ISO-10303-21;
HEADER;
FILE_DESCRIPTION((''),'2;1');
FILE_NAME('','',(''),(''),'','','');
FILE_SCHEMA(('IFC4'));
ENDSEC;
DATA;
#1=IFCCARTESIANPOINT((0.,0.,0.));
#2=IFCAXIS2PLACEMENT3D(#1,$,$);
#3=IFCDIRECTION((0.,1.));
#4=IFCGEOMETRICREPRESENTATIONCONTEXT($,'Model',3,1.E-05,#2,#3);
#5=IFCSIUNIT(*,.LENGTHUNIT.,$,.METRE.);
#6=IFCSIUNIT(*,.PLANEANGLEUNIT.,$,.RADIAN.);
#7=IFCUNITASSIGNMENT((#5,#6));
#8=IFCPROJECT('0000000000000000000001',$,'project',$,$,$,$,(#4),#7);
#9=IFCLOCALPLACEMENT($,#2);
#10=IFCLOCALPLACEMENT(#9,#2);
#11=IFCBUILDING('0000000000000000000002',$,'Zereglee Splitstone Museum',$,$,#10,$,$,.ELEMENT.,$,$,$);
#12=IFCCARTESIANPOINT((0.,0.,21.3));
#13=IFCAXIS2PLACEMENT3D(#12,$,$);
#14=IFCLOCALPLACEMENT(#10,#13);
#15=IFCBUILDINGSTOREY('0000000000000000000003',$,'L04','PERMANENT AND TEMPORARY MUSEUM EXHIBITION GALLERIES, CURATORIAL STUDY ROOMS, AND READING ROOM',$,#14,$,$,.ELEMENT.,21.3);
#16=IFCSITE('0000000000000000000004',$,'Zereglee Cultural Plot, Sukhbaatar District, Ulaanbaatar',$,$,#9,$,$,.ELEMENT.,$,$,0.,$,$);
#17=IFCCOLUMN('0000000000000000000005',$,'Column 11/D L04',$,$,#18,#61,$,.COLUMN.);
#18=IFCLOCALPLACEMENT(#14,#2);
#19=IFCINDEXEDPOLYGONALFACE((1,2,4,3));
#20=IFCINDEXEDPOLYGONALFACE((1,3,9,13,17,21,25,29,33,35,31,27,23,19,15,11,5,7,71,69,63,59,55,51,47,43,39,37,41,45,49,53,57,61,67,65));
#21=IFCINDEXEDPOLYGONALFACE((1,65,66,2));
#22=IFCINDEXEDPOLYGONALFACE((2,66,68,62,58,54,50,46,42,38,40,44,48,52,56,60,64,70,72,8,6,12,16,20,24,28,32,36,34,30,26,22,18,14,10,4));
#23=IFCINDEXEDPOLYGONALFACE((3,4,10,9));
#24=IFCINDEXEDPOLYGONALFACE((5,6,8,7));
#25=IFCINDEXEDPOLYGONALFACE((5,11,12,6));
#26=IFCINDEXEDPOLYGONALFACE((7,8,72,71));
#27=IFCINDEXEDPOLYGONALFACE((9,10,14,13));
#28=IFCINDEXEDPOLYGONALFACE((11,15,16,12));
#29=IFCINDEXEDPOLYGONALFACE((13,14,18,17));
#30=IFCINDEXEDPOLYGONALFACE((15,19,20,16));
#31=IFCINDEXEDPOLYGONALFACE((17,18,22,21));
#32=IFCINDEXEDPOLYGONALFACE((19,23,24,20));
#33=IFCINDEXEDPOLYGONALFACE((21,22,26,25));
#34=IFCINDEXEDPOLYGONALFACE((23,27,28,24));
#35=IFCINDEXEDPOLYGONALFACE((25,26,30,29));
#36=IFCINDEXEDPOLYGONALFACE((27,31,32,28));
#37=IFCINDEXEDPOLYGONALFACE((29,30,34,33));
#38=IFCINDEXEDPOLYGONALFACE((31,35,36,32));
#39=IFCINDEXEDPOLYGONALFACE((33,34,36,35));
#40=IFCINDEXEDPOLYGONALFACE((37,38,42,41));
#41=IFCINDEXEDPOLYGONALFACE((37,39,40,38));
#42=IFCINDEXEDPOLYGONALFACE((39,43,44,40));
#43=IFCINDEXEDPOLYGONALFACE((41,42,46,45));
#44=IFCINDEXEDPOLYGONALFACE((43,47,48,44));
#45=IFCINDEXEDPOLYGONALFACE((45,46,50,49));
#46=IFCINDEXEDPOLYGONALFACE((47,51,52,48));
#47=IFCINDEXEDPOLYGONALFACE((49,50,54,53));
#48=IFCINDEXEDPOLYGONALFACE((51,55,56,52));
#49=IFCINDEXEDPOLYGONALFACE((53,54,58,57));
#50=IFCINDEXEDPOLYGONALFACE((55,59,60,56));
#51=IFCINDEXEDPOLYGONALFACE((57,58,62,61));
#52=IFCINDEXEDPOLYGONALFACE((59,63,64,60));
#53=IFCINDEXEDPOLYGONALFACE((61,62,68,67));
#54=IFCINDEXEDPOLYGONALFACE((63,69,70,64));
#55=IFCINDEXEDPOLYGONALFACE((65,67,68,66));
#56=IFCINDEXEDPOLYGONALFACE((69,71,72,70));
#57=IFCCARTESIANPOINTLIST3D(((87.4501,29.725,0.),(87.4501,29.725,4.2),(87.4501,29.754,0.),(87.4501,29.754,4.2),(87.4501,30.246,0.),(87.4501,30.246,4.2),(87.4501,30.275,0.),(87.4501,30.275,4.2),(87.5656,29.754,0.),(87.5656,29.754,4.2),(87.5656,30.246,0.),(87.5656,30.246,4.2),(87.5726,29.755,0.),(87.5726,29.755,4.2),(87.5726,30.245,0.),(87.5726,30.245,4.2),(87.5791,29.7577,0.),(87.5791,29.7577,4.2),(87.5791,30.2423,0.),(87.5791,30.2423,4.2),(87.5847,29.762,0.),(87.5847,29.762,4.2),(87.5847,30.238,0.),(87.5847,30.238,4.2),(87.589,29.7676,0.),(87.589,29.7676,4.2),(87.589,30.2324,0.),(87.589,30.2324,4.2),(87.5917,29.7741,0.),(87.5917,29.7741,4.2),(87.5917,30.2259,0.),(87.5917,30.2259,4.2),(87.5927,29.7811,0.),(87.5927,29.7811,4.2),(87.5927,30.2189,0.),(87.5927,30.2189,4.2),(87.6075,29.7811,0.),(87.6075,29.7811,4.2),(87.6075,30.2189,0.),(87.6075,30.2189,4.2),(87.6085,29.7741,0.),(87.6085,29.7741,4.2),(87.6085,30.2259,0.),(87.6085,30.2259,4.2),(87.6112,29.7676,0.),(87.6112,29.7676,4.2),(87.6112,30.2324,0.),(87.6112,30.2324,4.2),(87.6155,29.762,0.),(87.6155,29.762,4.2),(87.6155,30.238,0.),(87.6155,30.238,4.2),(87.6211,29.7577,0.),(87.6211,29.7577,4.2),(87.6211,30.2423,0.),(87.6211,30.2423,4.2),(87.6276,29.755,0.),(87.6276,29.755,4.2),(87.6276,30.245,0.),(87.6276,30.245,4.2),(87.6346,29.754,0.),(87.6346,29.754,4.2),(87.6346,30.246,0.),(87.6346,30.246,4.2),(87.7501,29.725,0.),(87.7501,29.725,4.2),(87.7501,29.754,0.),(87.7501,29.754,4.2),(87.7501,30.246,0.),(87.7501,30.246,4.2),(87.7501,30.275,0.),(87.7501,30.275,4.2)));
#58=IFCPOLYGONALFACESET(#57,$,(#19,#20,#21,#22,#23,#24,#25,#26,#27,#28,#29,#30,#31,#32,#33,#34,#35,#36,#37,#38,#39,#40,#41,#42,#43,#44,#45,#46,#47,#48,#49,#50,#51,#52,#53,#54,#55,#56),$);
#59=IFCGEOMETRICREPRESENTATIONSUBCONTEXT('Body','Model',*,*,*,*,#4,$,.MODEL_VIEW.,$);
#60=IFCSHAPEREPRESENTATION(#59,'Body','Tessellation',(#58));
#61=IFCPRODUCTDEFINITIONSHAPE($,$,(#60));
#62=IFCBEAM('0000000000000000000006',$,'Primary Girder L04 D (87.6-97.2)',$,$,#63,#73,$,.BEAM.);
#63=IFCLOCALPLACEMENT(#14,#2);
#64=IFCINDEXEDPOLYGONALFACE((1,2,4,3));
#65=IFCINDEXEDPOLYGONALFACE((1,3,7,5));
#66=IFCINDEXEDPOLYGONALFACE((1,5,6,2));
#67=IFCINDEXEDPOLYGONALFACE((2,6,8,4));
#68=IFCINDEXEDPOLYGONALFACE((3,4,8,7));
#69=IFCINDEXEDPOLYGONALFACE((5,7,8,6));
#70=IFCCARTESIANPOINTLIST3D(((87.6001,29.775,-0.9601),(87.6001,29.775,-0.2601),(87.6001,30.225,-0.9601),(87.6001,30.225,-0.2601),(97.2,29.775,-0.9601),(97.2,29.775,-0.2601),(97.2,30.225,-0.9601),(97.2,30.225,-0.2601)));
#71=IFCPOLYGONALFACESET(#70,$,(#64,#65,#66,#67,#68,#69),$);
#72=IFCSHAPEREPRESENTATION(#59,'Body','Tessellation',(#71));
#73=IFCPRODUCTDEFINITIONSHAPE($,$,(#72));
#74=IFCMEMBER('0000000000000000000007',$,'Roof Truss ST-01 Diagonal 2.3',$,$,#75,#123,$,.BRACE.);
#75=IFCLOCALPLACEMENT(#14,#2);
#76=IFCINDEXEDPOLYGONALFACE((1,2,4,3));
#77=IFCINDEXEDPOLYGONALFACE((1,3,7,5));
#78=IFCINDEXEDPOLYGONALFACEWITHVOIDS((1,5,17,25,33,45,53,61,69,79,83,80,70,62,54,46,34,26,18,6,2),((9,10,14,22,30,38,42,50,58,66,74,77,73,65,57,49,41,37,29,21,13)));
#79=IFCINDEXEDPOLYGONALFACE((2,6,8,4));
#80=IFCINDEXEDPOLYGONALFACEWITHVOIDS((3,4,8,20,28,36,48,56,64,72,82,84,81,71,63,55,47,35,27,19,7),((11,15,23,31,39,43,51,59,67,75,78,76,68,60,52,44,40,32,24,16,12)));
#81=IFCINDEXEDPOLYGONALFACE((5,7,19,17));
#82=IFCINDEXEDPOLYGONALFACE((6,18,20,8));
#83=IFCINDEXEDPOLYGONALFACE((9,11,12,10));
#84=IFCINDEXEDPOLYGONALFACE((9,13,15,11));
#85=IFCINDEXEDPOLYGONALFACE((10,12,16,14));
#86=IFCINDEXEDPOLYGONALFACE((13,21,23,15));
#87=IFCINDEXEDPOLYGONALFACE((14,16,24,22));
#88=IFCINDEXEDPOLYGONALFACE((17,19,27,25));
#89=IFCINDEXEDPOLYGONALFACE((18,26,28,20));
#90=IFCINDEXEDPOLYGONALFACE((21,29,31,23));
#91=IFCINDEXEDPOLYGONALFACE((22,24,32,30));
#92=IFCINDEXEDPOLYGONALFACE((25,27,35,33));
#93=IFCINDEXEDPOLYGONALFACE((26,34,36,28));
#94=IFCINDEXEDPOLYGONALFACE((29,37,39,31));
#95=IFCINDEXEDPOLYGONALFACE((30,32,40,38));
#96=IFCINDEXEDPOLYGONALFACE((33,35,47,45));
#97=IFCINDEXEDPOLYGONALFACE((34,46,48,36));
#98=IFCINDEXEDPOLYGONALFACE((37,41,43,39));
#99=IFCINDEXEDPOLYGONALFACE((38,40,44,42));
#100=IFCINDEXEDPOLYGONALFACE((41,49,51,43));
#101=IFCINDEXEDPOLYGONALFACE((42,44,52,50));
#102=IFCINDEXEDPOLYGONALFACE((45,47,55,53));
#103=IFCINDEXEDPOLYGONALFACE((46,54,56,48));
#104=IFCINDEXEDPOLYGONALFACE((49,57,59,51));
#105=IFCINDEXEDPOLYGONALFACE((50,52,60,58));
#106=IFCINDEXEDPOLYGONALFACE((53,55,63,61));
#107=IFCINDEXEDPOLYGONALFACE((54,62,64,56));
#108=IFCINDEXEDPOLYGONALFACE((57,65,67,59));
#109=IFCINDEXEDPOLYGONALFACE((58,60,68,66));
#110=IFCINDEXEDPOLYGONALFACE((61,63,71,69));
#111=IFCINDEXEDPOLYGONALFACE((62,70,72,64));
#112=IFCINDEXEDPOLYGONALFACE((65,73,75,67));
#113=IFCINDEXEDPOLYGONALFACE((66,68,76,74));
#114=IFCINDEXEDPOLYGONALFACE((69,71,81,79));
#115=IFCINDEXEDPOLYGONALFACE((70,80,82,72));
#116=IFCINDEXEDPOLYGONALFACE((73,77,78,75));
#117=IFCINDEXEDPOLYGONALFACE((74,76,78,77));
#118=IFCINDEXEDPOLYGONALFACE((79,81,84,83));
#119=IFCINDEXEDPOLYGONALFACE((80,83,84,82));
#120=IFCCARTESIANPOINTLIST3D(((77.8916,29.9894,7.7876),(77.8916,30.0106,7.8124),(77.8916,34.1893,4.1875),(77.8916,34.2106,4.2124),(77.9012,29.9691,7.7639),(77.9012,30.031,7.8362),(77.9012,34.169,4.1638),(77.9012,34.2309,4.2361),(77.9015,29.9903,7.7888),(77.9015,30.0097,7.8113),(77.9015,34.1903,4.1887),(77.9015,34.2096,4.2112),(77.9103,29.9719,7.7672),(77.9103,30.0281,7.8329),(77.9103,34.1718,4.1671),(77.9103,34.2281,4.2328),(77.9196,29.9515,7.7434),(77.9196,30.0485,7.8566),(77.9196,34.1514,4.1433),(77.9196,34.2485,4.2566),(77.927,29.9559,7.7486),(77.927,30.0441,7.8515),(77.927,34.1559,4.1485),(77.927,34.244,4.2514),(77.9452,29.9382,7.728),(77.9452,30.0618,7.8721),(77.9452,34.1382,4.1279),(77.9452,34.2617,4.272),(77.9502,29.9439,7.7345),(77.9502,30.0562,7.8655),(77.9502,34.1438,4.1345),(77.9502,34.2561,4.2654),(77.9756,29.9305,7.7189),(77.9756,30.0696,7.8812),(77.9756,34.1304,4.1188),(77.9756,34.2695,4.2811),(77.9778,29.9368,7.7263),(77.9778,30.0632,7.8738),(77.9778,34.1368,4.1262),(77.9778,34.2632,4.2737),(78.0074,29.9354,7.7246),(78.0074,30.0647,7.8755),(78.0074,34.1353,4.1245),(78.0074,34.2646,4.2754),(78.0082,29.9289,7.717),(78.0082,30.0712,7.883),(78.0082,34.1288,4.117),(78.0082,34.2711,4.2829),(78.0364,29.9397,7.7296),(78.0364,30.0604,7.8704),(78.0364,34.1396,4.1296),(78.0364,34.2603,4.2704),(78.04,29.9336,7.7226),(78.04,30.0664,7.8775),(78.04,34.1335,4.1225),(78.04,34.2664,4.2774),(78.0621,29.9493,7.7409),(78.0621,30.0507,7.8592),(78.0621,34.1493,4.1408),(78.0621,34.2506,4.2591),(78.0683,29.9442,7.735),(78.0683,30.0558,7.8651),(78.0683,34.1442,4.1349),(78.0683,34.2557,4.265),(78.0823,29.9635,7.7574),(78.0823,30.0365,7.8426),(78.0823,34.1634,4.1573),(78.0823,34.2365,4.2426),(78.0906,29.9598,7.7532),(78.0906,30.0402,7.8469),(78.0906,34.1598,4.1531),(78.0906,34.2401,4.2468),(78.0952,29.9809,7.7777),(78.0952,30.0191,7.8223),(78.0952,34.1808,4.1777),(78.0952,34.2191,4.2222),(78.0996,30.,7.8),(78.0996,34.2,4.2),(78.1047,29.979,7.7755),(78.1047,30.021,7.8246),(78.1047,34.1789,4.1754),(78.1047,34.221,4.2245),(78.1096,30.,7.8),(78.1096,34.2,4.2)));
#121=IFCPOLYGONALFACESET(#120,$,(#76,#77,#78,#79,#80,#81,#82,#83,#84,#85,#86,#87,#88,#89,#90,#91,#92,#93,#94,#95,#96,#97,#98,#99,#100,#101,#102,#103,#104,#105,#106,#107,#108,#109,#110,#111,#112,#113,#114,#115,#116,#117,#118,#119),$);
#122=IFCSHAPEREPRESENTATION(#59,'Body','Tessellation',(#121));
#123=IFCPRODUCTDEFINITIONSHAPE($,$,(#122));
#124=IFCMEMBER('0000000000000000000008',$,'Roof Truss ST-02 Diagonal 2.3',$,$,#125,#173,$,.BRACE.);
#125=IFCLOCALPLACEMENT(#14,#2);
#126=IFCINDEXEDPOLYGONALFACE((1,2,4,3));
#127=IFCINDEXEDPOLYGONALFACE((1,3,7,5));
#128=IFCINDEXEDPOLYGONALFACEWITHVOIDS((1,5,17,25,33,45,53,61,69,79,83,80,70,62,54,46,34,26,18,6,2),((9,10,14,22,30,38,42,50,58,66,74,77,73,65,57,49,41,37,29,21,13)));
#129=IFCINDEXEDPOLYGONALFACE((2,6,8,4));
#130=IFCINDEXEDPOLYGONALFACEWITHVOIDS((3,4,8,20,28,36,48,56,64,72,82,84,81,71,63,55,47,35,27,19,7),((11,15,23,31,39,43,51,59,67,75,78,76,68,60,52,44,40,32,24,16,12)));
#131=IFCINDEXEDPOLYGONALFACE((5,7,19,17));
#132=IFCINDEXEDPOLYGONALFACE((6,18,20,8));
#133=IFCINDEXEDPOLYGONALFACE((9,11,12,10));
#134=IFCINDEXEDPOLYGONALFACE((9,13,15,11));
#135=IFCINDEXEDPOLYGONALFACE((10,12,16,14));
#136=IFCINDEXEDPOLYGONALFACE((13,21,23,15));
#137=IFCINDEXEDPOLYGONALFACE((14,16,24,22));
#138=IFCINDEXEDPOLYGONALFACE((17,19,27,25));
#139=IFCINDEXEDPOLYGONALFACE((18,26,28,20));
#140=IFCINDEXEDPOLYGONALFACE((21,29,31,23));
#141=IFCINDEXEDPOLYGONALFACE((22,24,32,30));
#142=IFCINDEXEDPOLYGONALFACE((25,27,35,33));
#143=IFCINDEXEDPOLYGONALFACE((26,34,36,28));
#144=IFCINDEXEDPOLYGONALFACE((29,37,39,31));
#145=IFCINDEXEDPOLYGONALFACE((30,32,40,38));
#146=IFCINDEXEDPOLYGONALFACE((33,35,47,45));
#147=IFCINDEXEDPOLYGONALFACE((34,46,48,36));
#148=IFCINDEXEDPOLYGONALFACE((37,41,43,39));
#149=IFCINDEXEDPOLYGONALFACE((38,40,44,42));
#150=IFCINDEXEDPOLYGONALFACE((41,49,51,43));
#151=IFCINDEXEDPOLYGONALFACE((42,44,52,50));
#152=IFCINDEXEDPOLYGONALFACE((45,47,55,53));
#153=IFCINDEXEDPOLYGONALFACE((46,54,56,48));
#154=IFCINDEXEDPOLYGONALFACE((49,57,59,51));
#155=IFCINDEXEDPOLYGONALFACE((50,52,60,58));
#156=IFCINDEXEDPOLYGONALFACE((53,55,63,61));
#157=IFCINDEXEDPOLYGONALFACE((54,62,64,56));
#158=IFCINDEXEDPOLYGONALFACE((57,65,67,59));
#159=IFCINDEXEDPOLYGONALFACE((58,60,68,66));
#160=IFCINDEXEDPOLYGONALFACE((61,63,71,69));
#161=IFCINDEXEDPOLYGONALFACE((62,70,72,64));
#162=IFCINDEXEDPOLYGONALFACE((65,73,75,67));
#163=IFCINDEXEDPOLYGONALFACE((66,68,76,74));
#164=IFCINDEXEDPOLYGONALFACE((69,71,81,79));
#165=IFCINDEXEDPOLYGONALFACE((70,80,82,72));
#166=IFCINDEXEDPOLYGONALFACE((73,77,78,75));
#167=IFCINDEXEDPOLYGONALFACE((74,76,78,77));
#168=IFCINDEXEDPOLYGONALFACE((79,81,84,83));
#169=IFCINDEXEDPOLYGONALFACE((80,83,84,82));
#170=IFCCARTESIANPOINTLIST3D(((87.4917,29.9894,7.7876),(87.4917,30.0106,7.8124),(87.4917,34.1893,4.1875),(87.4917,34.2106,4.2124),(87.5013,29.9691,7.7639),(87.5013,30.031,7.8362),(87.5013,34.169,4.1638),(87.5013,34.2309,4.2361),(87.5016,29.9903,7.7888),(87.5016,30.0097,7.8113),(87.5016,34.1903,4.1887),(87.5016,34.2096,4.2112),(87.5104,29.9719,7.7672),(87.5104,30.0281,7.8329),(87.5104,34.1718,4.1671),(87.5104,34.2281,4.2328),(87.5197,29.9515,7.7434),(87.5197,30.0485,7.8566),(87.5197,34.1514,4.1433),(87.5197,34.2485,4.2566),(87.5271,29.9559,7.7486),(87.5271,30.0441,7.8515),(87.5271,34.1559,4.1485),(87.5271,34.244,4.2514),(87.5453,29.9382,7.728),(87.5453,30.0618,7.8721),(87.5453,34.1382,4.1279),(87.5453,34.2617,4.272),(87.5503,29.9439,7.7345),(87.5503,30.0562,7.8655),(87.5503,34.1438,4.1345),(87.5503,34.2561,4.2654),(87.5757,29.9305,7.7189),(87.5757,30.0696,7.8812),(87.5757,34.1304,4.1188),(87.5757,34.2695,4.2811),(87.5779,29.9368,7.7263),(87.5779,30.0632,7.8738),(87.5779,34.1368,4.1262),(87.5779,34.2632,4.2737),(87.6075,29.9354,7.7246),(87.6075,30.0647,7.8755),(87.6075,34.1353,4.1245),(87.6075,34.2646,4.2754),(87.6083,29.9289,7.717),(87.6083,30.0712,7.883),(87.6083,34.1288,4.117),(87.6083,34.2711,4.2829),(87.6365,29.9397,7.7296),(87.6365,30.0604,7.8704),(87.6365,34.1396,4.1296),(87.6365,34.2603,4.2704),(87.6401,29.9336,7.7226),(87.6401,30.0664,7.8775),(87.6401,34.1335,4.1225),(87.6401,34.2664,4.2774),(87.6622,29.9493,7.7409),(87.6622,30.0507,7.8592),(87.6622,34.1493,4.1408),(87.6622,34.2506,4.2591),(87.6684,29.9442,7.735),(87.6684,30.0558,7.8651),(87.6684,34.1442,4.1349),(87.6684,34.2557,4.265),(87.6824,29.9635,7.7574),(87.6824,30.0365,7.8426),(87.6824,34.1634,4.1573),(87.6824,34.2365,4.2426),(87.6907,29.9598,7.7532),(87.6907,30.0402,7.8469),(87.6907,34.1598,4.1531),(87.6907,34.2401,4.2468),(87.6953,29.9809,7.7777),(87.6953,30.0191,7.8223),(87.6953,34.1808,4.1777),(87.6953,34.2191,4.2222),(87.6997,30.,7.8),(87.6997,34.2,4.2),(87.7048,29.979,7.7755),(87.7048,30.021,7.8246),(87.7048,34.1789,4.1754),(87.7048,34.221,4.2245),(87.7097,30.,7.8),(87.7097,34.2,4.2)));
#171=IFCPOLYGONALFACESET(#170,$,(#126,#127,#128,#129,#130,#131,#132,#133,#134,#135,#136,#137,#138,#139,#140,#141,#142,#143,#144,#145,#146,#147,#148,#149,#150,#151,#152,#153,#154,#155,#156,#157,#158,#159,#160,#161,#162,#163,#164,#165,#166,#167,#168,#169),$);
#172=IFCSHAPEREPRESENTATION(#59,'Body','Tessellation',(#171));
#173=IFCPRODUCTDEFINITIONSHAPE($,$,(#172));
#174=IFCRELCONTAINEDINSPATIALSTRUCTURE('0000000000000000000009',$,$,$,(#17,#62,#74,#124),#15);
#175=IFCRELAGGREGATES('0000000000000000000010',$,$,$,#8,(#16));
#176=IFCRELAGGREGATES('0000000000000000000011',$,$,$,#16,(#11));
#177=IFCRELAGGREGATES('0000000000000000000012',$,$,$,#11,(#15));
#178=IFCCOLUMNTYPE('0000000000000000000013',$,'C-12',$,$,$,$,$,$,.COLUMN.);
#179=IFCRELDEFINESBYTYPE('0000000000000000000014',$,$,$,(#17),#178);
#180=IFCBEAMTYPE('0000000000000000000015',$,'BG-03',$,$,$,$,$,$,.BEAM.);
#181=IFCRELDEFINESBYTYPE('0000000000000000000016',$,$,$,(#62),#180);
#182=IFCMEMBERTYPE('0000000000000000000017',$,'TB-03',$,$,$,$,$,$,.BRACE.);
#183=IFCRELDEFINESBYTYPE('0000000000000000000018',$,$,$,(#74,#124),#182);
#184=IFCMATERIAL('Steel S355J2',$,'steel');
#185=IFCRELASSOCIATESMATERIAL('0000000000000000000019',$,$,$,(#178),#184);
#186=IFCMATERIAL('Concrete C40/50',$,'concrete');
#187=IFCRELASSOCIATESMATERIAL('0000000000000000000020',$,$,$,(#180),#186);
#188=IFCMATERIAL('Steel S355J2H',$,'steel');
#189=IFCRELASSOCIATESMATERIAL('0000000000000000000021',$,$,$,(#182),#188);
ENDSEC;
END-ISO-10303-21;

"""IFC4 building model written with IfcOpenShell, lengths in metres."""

from ifc_helpers import new_model, si_unit, direction, frame, origin, origin_2d, place, context, subcontext, project, spatial, rectangle, hollow_circle, i_section, extrude, material, material_profile, profile_set, type_object, element, save


model = new_model("IFC4")

# Units and contexts
model_context = context("Model", 3, precision=1e-05, world=origin(), true_north=direction((0.0, 1.0)))
body_context = subcontext(model_context, "Body", "Model", "MODEL_VIEW")
ifc_project = project(units=[si_unit("LENGTHUNIT", "METRE"), si_unit("PLANEANGLEUNIT", "RADIAN")], contexts=[model_context])

# Site, building, storey
site_placement = place(None, origin())
site = spatial("IfcSite", under=ifc_project, at=site_placement, Name="Zereglee Cultural Plot, Sukhbaatar District, Ulaanbaatar", CompositionType="ELEMENT", RefElevation=0.0)
building_placement = place(site_placement, origin())
building = spatial("IfcBuilding", under=site, at=building_placement, Name="Zereglee Splitstone Museum", CompositionType="ELEMENT")
storey_placement = place(building_placement, frame((0.0, 0.0, 21.3)))
storey = spatial("IfcBuildingStorey", under=building, at=storey_placement, Name="L04", Description="PERMANENT AND TEMPORARY MUSEUM EXHIBITION GALLERIES, CURATORIAL STUDY ROOMS, AND READING ROOM", CompositionType="ELEMENT", Elevation=21.3)

# Column
ifc_material_1 = material(Name="Steel S355J2", Category="steel")
ifc_material_profile_1 = material_profile(ifc_material_1, i_section(OverallWidth=0.3, OverallDepth=0.55, WebThickness=0.0149, FlangeThickness=0.0291, FilletRadius=0.0271, at=origin_2d()), Name="HE 550 B")
ifc_profile_set_1 = profile_set([ifc_material_profile_1], Name="Steel S355J2")
column_type = type_object("IfcColumnType", Name="C-12", PredefinedType="COLUMN", material=ifc_profile_set_1)
column_placement = place(storey_placement, frame((87.6001, 30.0, 0.0), z_axis=(0.0, 0.0, 1.0), x_axis=(1.0, 0.0, 0.0)))
element("IfcColumn", 1, at=column_placement, inside=storey, type_object=column_type, Name="Column 11/D L04", PredefinedType="COLUMN", context=body_context, shape_type="SweptSolid", body=[
    extrude(i_section(OverallWidth=0.3, OverallDepth=0.55, WebThickness=0.0149, FlangeThickness=0.0291, FilletRadius=0.0271, at=origin_2d()), origin(), (0.0, 0.0, 1.0), 4.2),
])

# Beam
ifc_material_2 = material(Name="Concrete C40/50", Category="concrete")
ifc_material_profile_2 = material_profile(ifc_material_2, rectangle(XDim=0.45, YDim=0.7, at=origin_2d()), Name="RC 450x700")
ifc_profile_set_2 = profile_set([ifc_material_profile_2], Name="Concrete C40/50")
beam_type_1 = type_object("IfcBeamType", Name="BG-03", PredefinedType="BEAM", material=ifc_profile_set_2)
beam_1_placement = place(storey_placement, frame((87.6001, 30.0, -0.6101), z_axis=(1.0, 0.0, 0.0), x_axis=(0.0, 1.0, 0.0)))
element("IfcBeam", 2, at=beam_1_placement, inside=storey, type_object=beam_type_1, Name="Primary Girder L04 D (87.6-97.2)", PredefinedType="BEAM", context=body_context, shape_type="SweptSolid", body=[
    extrude(rectangle(XDim=0.45, YDim=0.7, at=origin_2d()), origin(), (0.0, 0.0, 1.0), 9.5999),
])

# Members
ifc_material_3 = material(Name="Steel S355J2H", Category="steel")
ifc_material_profile_3 = material_profile(ifc_material_3, hollow_circle(Radius=0.1096, WallThickness=0.01, at=origin_2d()), Name="CHS 219.1x10")
ifc_profile_set_3 = profile_set([ifc_material_profile_3], Name="Steel S355J2H")
member_type_1 = type_object("IfcMemberType", Name="TB-03", PredefinedType="BRACE", material=ifc_profile_set_3)
for number, where, z_axis, x_axis, name in (
    (3, (78.0, 34.2, 4.2), (0.0, -0.759244, 0.650806), (1.0, 0.0, 0.0), "Roof Truss ST-01 Diagonal 2.3"),
    (4, (87.6001, 34.2, 4.2), (0.0, -0.759244, 0.650806), (1.0, 0.0, 0.0), "Roof Truss ST-02 Diagonal 2.3"),
):
    element("IfcMember", number, at=place(storey_placement, frame(where, z_axis=z_axis, x_axis=x_axis)), inside=storey, type_object=member_type_1, Name=name, PredefinedType="BRACE", context=body_context, shape_type="SweptSolid", body=[
        extrude(hollow_circle(Radius=0.1096, WallThickness=0.01, at=origin_2d()), origin(), (0.0, 0.0, 1.0), 5.5317),
    ])

save(model, "model.ifc")
